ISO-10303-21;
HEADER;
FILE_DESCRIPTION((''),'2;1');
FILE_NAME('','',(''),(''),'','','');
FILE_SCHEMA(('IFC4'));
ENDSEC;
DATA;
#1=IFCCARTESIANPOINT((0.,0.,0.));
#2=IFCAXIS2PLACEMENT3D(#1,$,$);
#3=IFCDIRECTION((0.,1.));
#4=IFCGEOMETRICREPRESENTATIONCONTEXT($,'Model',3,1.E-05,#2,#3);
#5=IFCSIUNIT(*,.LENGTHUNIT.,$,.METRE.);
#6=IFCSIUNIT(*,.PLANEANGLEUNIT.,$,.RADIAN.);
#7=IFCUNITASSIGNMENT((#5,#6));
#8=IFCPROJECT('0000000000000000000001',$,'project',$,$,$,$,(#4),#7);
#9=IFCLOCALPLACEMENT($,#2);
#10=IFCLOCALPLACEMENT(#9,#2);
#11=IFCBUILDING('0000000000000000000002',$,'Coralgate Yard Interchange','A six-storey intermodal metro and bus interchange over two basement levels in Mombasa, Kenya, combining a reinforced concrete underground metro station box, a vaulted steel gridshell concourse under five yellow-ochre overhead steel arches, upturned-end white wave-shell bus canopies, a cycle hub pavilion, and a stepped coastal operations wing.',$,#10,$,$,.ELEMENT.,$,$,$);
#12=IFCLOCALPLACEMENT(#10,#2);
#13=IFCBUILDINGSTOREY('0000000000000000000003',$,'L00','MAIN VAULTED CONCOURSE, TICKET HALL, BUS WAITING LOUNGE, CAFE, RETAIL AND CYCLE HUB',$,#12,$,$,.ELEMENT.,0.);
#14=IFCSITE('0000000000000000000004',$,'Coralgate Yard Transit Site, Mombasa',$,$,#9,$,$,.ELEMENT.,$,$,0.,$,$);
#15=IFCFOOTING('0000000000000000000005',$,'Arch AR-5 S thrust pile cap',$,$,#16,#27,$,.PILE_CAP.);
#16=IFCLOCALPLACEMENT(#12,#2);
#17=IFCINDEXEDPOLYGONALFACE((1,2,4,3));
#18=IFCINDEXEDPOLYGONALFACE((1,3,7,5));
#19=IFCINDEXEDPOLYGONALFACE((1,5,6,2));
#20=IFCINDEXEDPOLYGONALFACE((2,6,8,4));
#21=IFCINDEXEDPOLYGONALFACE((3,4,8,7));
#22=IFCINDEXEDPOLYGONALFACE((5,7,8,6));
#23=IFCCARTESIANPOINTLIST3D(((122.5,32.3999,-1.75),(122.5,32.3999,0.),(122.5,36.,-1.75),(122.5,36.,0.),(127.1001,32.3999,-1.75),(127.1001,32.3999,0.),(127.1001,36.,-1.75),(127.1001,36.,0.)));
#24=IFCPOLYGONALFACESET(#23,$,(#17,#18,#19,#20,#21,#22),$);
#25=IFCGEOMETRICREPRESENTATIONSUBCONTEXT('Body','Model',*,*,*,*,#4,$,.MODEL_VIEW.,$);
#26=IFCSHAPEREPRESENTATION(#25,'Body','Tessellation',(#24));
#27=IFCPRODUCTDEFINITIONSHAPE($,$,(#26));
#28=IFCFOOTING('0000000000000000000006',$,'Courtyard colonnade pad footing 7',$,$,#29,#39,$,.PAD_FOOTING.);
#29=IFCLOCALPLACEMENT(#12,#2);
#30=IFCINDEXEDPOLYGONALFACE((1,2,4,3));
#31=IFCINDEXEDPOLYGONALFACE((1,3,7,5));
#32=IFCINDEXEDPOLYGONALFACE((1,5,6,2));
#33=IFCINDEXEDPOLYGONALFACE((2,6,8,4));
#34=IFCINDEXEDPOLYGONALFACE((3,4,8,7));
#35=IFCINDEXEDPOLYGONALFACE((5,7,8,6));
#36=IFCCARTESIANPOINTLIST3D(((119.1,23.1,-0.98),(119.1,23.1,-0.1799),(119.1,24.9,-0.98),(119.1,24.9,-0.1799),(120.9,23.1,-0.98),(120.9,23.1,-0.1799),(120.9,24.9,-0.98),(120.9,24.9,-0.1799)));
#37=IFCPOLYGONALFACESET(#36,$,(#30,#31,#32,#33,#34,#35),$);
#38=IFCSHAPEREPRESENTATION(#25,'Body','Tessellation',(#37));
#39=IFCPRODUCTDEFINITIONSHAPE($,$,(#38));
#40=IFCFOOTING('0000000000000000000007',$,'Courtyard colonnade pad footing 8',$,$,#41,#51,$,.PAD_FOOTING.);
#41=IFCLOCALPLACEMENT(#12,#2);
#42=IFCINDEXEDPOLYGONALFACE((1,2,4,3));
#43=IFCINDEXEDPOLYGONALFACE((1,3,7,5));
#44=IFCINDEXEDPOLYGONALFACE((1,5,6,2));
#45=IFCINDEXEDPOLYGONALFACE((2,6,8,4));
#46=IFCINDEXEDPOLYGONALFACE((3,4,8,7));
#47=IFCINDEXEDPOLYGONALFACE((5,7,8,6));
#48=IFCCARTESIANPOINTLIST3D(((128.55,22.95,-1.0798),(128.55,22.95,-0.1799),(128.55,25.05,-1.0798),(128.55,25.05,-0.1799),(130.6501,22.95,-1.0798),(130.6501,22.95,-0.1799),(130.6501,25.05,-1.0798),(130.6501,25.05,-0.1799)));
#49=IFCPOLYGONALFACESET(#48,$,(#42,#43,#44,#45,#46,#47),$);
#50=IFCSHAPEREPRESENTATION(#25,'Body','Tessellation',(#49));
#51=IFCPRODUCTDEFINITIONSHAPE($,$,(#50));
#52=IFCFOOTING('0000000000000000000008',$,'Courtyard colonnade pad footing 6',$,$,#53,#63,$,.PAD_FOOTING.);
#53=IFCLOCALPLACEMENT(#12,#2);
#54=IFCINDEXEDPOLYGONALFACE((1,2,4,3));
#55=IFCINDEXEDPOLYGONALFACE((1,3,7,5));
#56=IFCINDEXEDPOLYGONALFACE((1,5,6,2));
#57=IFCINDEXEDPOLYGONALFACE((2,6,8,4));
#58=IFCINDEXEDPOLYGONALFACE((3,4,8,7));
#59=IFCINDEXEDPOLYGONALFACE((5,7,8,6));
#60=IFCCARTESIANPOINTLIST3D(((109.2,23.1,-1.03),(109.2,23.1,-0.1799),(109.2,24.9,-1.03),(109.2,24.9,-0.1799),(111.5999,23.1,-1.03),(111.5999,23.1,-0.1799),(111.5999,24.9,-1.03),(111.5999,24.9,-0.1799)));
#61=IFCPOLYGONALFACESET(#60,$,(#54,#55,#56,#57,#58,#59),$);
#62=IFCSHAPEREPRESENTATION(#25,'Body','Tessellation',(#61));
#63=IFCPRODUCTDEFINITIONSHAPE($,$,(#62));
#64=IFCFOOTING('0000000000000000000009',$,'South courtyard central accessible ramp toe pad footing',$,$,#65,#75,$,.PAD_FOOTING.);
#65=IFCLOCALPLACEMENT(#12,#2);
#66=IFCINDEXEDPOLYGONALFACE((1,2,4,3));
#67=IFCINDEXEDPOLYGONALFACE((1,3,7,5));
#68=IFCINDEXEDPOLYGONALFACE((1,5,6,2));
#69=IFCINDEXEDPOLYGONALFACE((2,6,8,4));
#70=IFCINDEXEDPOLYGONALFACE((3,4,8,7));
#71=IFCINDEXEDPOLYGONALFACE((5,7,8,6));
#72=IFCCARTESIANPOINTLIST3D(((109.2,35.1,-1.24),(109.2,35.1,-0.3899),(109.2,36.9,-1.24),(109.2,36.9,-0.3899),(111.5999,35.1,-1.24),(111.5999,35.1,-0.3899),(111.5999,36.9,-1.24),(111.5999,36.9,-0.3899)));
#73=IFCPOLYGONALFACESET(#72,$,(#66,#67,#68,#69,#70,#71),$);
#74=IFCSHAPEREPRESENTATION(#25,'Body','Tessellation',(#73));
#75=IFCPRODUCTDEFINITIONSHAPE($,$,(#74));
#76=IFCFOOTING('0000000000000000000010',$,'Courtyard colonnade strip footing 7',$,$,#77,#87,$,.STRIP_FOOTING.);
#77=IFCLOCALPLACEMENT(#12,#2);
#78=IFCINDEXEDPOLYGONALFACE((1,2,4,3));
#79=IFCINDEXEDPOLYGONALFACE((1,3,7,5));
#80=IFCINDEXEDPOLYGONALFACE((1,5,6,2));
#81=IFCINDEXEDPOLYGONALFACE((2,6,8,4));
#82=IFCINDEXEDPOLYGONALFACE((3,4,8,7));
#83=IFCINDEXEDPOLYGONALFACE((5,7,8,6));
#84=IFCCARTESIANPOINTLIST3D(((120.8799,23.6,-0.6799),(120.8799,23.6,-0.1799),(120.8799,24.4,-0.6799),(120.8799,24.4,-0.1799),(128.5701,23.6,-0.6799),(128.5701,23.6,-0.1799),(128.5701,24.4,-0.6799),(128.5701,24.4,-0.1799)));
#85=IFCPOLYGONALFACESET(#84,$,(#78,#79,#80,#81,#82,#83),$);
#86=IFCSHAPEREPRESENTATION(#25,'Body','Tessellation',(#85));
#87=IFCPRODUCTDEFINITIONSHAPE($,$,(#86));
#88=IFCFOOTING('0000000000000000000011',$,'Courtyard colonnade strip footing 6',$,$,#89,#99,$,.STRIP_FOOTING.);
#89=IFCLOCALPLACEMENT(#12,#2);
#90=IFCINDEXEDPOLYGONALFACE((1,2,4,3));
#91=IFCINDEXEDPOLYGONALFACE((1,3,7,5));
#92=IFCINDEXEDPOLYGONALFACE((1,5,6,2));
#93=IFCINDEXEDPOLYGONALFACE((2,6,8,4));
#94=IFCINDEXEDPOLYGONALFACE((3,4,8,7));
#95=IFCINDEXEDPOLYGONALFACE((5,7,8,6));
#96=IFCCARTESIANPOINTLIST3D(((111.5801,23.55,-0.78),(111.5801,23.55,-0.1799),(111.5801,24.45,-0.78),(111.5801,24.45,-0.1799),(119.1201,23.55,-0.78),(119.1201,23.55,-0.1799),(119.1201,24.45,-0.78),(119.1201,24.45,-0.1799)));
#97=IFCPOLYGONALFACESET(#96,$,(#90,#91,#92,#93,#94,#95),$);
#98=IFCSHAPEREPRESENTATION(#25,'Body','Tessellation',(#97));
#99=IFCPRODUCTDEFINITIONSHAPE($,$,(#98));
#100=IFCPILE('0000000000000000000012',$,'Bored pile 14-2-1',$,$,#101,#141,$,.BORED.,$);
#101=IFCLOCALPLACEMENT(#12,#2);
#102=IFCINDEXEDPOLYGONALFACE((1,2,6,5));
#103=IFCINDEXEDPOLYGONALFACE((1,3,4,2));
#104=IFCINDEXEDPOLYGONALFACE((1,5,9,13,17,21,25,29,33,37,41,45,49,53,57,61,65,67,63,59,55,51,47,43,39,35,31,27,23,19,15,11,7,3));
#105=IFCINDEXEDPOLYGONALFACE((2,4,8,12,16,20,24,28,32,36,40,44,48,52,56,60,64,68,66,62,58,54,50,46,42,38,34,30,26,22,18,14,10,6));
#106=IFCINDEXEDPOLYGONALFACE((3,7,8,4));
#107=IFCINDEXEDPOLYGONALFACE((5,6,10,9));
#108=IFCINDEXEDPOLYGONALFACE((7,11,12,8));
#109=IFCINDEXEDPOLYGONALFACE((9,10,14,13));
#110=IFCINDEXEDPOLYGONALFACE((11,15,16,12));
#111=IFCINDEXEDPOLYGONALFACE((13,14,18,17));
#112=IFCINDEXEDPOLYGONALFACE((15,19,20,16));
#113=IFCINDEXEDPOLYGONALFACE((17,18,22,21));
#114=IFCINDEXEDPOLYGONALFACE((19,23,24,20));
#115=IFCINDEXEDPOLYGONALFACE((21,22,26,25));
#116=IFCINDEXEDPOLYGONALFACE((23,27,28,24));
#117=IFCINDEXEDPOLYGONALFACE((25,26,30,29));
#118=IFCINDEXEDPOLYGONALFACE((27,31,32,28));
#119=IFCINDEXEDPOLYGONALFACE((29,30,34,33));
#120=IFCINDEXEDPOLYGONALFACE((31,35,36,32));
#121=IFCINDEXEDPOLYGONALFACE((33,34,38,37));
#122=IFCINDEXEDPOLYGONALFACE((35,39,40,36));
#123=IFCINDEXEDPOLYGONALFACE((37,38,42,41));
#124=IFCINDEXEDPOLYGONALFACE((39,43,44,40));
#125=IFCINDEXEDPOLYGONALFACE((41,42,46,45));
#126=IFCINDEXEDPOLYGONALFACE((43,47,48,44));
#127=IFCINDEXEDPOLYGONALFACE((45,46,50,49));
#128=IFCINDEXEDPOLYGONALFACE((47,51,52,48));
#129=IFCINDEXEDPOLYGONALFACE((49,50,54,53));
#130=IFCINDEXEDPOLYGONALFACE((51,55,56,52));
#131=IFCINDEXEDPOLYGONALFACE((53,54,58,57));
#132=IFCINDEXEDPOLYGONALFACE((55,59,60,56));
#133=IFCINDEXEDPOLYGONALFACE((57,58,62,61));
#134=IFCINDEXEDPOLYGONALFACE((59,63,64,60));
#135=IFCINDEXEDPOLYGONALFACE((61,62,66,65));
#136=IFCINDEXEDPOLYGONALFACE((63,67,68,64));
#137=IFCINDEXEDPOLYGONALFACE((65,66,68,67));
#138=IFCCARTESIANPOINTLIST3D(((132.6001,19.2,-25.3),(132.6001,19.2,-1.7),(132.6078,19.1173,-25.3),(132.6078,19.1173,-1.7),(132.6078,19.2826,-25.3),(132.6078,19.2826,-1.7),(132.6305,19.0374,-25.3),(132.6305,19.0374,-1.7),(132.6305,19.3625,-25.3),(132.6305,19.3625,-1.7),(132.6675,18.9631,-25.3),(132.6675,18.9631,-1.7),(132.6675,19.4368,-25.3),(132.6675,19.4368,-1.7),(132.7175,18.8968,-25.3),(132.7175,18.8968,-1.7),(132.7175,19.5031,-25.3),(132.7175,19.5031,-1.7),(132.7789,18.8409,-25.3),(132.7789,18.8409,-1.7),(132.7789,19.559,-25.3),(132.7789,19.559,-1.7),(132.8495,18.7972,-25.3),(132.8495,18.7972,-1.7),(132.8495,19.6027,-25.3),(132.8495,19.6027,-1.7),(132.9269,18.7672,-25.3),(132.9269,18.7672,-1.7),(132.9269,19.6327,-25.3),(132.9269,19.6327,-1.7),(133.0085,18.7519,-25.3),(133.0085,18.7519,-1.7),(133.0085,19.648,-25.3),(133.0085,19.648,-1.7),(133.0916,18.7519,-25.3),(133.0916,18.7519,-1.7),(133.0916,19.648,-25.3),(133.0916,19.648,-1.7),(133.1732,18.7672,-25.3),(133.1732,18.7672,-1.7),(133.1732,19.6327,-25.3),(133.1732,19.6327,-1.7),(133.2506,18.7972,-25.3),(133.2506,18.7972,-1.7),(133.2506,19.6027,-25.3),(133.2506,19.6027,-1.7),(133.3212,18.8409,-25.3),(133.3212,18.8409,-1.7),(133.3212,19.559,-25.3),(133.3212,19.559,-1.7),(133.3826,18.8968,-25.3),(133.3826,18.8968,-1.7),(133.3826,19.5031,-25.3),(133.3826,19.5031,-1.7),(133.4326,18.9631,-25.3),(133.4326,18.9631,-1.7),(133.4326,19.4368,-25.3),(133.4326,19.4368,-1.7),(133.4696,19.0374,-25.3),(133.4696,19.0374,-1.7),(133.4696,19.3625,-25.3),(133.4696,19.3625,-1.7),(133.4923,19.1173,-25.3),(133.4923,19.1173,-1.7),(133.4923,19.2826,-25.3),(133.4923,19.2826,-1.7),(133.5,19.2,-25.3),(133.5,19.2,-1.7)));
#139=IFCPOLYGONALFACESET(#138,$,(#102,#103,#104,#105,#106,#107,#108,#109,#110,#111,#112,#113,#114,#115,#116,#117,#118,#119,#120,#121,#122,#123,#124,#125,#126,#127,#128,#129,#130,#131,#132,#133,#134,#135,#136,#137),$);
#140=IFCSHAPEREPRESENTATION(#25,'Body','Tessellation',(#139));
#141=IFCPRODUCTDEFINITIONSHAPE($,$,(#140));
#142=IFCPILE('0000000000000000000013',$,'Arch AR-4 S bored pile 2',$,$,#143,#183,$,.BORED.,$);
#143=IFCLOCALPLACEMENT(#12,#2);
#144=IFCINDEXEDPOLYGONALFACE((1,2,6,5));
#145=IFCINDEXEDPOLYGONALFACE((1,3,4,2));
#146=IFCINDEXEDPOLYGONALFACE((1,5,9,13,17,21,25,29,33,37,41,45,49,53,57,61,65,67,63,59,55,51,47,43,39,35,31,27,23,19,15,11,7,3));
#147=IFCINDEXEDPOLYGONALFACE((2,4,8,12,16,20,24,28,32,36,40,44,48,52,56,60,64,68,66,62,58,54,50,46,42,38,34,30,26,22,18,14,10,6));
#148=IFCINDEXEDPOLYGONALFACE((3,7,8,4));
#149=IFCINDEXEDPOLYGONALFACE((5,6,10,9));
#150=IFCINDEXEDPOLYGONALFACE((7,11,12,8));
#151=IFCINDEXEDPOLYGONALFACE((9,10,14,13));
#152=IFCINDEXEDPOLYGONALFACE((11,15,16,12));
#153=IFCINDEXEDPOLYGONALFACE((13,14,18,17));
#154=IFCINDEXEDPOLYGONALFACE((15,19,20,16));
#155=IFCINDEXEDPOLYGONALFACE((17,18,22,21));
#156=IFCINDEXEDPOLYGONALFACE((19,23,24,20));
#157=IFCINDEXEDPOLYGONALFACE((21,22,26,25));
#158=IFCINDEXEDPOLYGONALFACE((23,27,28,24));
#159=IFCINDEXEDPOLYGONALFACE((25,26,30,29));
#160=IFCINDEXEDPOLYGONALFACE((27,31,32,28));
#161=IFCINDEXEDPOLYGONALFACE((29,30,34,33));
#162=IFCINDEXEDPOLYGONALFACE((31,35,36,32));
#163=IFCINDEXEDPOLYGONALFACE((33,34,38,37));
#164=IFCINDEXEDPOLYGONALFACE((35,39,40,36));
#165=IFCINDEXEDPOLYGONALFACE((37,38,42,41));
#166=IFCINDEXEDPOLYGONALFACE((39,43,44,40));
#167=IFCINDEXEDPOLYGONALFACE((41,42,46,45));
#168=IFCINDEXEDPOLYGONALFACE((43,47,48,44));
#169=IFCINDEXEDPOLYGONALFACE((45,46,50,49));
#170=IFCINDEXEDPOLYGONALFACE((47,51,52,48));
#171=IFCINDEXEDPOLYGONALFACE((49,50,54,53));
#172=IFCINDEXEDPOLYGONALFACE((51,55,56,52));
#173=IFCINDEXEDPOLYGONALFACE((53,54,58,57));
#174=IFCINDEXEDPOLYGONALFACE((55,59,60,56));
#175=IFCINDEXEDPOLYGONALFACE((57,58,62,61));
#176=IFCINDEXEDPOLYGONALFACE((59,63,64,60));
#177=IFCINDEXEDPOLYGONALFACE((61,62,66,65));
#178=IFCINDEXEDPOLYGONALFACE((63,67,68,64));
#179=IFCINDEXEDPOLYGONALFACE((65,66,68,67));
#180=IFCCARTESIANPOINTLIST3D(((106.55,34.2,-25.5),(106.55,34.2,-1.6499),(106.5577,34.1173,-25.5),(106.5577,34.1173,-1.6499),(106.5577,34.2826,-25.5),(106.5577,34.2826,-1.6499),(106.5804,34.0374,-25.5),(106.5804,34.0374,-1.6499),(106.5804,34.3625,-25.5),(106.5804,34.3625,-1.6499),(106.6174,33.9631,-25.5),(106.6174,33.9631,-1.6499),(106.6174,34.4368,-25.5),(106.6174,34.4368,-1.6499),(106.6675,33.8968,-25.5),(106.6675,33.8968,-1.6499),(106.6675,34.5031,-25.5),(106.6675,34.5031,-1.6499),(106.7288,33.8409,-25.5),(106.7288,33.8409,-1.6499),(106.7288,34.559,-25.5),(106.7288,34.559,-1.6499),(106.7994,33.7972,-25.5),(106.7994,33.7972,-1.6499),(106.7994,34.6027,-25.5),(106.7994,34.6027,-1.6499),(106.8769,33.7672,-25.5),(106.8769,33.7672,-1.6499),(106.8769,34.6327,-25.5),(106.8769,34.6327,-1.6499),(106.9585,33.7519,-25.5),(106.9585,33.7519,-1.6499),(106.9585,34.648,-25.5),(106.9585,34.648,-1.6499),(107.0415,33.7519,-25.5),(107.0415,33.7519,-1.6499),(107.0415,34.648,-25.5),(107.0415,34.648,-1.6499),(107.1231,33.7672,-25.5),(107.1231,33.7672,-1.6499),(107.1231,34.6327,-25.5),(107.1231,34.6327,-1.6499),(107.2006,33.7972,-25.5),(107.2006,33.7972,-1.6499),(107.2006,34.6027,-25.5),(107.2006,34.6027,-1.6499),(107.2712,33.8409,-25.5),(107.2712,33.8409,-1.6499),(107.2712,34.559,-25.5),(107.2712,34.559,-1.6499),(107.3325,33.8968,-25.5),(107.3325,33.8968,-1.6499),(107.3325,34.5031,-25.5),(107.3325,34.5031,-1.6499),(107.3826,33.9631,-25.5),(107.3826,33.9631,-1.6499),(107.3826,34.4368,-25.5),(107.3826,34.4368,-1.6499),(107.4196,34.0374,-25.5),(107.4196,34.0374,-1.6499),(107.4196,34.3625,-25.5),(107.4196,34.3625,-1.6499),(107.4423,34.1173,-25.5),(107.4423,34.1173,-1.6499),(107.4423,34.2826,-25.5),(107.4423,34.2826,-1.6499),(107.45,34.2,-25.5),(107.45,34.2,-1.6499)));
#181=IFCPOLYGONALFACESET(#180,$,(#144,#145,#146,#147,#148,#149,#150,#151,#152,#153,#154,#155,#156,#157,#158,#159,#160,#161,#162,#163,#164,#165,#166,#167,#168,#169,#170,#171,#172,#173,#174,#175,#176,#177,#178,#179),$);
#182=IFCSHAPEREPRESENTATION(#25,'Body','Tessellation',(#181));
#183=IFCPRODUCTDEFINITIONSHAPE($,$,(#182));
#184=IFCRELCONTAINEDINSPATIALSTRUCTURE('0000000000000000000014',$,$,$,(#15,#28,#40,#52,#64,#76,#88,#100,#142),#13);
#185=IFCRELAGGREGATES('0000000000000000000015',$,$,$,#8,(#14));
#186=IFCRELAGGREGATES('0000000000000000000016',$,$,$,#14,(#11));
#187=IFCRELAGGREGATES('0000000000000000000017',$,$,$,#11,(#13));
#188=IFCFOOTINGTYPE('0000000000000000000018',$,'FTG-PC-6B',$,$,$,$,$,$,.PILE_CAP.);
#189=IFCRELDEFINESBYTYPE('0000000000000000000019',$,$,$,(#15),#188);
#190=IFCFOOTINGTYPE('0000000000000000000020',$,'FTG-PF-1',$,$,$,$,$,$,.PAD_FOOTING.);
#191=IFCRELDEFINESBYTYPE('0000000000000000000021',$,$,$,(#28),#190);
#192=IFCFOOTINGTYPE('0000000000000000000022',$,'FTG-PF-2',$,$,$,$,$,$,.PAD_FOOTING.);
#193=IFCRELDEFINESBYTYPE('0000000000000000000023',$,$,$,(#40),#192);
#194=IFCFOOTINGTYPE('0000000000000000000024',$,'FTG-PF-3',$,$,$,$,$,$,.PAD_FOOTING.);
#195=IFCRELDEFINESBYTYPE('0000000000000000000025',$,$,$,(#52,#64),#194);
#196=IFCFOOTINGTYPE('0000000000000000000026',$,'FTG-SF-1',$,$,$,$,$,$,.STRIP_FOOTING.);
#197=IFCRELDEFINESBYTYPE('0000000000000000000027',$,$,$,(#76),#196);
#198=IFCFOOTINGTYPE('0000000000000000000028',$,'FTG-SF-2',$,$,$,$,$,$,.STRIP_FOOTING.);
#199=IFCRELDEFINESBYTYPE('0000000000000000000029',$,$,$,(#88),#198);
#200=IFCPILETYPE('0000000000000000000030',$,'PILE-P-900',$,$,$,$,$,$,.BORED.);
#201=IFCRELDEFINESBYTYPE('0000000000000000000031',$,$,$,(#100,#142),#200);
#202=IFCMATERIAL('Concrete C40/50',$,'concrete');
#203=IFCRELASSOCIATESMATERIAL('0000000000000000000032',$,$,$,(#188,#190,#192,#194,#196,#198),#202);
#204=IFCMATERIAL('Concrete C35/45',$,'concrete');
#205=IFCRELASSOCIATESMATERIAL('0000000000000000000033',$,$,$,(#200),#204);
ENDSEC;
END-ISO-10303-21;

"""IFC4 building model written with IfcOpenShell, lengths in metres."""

from ifc_helpers import new_model, si_unit, direction, frame, origin, origin_2d, place, context, subcontext, project, spatial, rectangle, circle, extrude, material, material_profile, profile_set, type_object, element, save


model = new_model("IFC4")

# Units and contexts
model_context = context("Model", 3, precision=1e-05, world=origin(), true_north=direction((0.0, 1.0)))
body_context = subcontext(model_context, "Body", "Model", "MODEL_VIEW")
ifc_project = project(units=[si_unit("LENGTHUNIT", "METRE"), si_unit("PLANEANGLEUNIT", "RADIAN")], contexts=[model_context])

# Site, building, storey
site_placement = place(None, origin())
site = spatial("IfcSite", under=ifc_project, at=site_placement, Name="Coralgate Yard Transit Site, Mombasa", CompositionType="ELEMENT", RefElevation=0.0)
building_placement = place(site_placement, origin())
building = spatial("IfcBuilding", under=site, at=building_placement, Name="Coralgate Yard Interchange", Description="A six-storey intermodal metro and bus interchange over two basement levels in Mombasa, Kenya, combining a reinforced concrete underground metro station box, a vaulted steel gridshell concourse under five yellow-ochre overhead steel arches, upturned-end white wave-shell bus canopies, a cycle hub pavilion, and a stepped coastal operations wing.", CompositionType="ELEMENT")
storey_placement = place(building_placement, origin())
storey = spatial("IfcBuildingStorey", under=building, at=storey_placement, Name="L00", Description="MAIN VAULTED CONCOURSE, TICKET HALL, BUS WAITING LOUNGE, CAFE, RETAIL AND CYCLE HUB", CompositionType="ELEMENT", Elevation=0.0)

# Footings
ifc_material_1 = material(Name="Concrete C40/50", Category="concrete")
footing_type_1 = type_object("IfcFootingType", Name="FTG-PC-6B", PredefinedType="PILE_CAP", material=ifc_material_1)
footing_1_placement = place(storey_placement, frame((124.8, 34.2, -1.75), z_axis=(0.0, 0.0, 1.0), x_axis=(1.0, 0.0, 0.0)))
element("IfcFooting", 1, at=footing_1_placement, inside=storey, type_object=footing_type_1, Name="Arch AR-5 S thrust pile cap", PredefinedType="PILE_CAP", context=body_context, shape_type="SweptSolid", body=[
    extrude(rectangle(XDim=4.6001, YDim=3.6001, at=origin_2d()), origin(), (0.0, 0.0, 1.0), 1.75),
])
footing_type_2 = type_object("IfcFootingType", Name="FTG-PF-1", PredefinedType="PAD_FOOTING", material=ifc_material_1)
footing_2_placement = place(storey_placement, frame((120.0, 24.0, -0.98), z_axis=(0.0, 0.0, 1.0), x_axis=(1.0, 0.0, 0.0)))
element("IfcFooting", 2, at=footing_2_placement, inside=storey, type_object=footing_type_2, Name="Courtyard colonnade pad footing 7", PredefinedType="PAD_FOOTING", context=body_context, shape_type="SweptSolid", body=[
    extrude(rectangle(XDim=1.8, YDim=1.8, at=origin_2d()), origin(), (0.0, 0.0, 1.0), 0.8),
])
footing_type_3 = type_object("IfcFootingType", Name="FTG-PF-2", PredefinedType="PAD_FOOTING", material=ifc_material_1)
footing_3_placement = place(storey_placement, frame((129.6001, 24.0, -1.0798), z_axis=(0.0, 0.0, 1.0), x_axis=(1.0, 0.0, 0.0)))
element("IfcFooting", 3, at=footing_3_placement, inside=storey, type_object=footing_type_3, Name="Courtyard colonnade pad footing 8", PredefinedType="PAD_FOOTING", context=body_context, shape_type="SweptSolid", body=[
    extrude(rectangle(XDim=2.1001, YDim=2.1001, at=origin_2d()), origin(), (0.0, 0.0, 1.0), 0.8999),
])
footing_type_4 = type_object("IfcFootingType", Name="FTG-PF-3", PredefinedType="PAD_FOOTING", material=ifc_material_1)
for number, where, z_axis, x_axis, name in (
    (4, (110.3999, 24.0, -1.03), (0.0, 0.0, 1.0), (1.0, 0.0, 0.0), "Courtyard colonnade pad footing 6"),
    (5, (110.3999, 36.0, -1.24), (0.0, 0.0, 1.0), (1.0, 0.0, 0.0), "South courtyard central accessible ramp toe pad footing"),
):
    element("IfcFooting", number, at=place(storey_placement, frame(where, z_axis=z_axis, x_axis=x_axis)), inside=storey, type_object=footing_type_4, Name=name, PredefinedType="PAD_FOOTING", context=body_context, shape_type="SweptSolid", body=[
        extrude(rectangle(XDim=2.3999, YDim=1.8, at=origin_2d()), origin(), (0.0, 0.0, 1.0), 0.8501),
    ])
ifc_material_profile_1 = material_profile(ifc_material_1, rectangle(XDim=0.8, YDim=0.5, at=origin_2d()), Name="RC 800x500")
ifc_profile_set_1 = profile_set([ifc_material_profile_1], Name="Concrete C40/50")
footing_type_5 = type_object("IfcFootingType", Name="FTG-SF-1", PredefinedType="STRIP_FOOTING", material=ifc_profile_set_1)
footing_4_placement = place(storey_placement, frame((120.8799, 24.0, -0.4299), z_axis=(1.0, 0.0, 0.0), x_axis=(0.0, 1.0, 0.0)))
element("IfcFooting", 6, at=footing_4_placement, inside=storey, type_object=footing_type_5, Name="Courtyard colonnade strip footing 7", PredefinedType="STRIP_FOOTING", context=body_context, shape_type="SweptSolid", body=[
    extrude(rectangle(XDim=0.8, YDim=0.5, at=origin_2d()), origin(), (0.0, 0.0, 1.0), 7.6902),
])
ifc_material_profile_2 = material_profile(ifc_material_1, rectangle(XDim=0.8999, YDim=0.6001, at=origin_2d()), Name="RC 900x600")
ifc_profile_set_2 = profile_set([ifc_material_profile_2], Name="Concrete C40/50")
footing_type_6 = type_object("IfcFootingType", Name="FTG-SF-2", PredefinedType="STRIP_FOOTING", material=ifc_profile_set_2)
footing_5_placement = place(storey_placement, frame((111.5801, 24.0, -0.48), z_axis=(1.0, 0.0, 0.0), x_axis=(0.0, 1.0, 0.0)))
element("IfcFooting", 7, at=footing_5_placement, inside=storey, type_object=footing_type_6, Name="Courtyard colonnade strip footing 6", PredefinedType="STRIP_FOOTING", context=body_context, shape_type="SweptSolid", body=[
    extrude(rectangle(XDim=0.8999, YDim=0.6001, at=origin_2d()), origin(), (0.0, 0.0, 1.0), 7.54),
])

# Piles
ifc_material_2 = material(Name="Concrete C35/45", Category="concrete")
ifc_material_profile_3 = material_profile(ifc_material_2, circle(Radius=0.45, at=origin_2d()), Name="BORED PILE D900")
ifc_profile_set_3 = profile_set([ifc_material_profile_3], Name="Concrete C35/45")
pile_type = type_object("IfcPileType", Name="PILE-P-900", PredefinedType="BORED", material=ifc_profile_set_3)
pile_placement = place(storey_placement, frame((133.05, 19.2, -1.7), z_axis=(0.0, 0.0, -1.0), x_axis=(1.0, 0.0, 0.0)))
element("IfcPile", 8, at=pile_placement, inside=storey, type_object=pile_type, Name="Bored pile 14-2-1", PredefinedType="BORED", context=body_context, shape_type="SweptSolid", body=[
    extrude(circle(Radius=0.45, at=origin_2d()), origin(), (0.0, 0.0, 1.0), 23.6001),
])
for number, where, z_axis, x_axis, name in (
    (9, (107.0, 34.2, -1.6499), (0.0, 0.0, -1.0), (1.0, 0.0, 0.0), "Arch AR-4 S bored pile 2"),
):
    element("IfcPile", number, at=place(storey_placement, frame(where, z_axis=z_axis, x_axis=x_axis)), inside=storey, type_object=pile_type, Name=name, PredefinedType="BORED", context=body_context, shape_type="SweptSolid", body=[
        extrude(circle(Radius=0.45, at=origin_2d()), origin(), (0.0, 0.0, 1.0), 23.8501),
    ])

save(model, "model.ifc")
